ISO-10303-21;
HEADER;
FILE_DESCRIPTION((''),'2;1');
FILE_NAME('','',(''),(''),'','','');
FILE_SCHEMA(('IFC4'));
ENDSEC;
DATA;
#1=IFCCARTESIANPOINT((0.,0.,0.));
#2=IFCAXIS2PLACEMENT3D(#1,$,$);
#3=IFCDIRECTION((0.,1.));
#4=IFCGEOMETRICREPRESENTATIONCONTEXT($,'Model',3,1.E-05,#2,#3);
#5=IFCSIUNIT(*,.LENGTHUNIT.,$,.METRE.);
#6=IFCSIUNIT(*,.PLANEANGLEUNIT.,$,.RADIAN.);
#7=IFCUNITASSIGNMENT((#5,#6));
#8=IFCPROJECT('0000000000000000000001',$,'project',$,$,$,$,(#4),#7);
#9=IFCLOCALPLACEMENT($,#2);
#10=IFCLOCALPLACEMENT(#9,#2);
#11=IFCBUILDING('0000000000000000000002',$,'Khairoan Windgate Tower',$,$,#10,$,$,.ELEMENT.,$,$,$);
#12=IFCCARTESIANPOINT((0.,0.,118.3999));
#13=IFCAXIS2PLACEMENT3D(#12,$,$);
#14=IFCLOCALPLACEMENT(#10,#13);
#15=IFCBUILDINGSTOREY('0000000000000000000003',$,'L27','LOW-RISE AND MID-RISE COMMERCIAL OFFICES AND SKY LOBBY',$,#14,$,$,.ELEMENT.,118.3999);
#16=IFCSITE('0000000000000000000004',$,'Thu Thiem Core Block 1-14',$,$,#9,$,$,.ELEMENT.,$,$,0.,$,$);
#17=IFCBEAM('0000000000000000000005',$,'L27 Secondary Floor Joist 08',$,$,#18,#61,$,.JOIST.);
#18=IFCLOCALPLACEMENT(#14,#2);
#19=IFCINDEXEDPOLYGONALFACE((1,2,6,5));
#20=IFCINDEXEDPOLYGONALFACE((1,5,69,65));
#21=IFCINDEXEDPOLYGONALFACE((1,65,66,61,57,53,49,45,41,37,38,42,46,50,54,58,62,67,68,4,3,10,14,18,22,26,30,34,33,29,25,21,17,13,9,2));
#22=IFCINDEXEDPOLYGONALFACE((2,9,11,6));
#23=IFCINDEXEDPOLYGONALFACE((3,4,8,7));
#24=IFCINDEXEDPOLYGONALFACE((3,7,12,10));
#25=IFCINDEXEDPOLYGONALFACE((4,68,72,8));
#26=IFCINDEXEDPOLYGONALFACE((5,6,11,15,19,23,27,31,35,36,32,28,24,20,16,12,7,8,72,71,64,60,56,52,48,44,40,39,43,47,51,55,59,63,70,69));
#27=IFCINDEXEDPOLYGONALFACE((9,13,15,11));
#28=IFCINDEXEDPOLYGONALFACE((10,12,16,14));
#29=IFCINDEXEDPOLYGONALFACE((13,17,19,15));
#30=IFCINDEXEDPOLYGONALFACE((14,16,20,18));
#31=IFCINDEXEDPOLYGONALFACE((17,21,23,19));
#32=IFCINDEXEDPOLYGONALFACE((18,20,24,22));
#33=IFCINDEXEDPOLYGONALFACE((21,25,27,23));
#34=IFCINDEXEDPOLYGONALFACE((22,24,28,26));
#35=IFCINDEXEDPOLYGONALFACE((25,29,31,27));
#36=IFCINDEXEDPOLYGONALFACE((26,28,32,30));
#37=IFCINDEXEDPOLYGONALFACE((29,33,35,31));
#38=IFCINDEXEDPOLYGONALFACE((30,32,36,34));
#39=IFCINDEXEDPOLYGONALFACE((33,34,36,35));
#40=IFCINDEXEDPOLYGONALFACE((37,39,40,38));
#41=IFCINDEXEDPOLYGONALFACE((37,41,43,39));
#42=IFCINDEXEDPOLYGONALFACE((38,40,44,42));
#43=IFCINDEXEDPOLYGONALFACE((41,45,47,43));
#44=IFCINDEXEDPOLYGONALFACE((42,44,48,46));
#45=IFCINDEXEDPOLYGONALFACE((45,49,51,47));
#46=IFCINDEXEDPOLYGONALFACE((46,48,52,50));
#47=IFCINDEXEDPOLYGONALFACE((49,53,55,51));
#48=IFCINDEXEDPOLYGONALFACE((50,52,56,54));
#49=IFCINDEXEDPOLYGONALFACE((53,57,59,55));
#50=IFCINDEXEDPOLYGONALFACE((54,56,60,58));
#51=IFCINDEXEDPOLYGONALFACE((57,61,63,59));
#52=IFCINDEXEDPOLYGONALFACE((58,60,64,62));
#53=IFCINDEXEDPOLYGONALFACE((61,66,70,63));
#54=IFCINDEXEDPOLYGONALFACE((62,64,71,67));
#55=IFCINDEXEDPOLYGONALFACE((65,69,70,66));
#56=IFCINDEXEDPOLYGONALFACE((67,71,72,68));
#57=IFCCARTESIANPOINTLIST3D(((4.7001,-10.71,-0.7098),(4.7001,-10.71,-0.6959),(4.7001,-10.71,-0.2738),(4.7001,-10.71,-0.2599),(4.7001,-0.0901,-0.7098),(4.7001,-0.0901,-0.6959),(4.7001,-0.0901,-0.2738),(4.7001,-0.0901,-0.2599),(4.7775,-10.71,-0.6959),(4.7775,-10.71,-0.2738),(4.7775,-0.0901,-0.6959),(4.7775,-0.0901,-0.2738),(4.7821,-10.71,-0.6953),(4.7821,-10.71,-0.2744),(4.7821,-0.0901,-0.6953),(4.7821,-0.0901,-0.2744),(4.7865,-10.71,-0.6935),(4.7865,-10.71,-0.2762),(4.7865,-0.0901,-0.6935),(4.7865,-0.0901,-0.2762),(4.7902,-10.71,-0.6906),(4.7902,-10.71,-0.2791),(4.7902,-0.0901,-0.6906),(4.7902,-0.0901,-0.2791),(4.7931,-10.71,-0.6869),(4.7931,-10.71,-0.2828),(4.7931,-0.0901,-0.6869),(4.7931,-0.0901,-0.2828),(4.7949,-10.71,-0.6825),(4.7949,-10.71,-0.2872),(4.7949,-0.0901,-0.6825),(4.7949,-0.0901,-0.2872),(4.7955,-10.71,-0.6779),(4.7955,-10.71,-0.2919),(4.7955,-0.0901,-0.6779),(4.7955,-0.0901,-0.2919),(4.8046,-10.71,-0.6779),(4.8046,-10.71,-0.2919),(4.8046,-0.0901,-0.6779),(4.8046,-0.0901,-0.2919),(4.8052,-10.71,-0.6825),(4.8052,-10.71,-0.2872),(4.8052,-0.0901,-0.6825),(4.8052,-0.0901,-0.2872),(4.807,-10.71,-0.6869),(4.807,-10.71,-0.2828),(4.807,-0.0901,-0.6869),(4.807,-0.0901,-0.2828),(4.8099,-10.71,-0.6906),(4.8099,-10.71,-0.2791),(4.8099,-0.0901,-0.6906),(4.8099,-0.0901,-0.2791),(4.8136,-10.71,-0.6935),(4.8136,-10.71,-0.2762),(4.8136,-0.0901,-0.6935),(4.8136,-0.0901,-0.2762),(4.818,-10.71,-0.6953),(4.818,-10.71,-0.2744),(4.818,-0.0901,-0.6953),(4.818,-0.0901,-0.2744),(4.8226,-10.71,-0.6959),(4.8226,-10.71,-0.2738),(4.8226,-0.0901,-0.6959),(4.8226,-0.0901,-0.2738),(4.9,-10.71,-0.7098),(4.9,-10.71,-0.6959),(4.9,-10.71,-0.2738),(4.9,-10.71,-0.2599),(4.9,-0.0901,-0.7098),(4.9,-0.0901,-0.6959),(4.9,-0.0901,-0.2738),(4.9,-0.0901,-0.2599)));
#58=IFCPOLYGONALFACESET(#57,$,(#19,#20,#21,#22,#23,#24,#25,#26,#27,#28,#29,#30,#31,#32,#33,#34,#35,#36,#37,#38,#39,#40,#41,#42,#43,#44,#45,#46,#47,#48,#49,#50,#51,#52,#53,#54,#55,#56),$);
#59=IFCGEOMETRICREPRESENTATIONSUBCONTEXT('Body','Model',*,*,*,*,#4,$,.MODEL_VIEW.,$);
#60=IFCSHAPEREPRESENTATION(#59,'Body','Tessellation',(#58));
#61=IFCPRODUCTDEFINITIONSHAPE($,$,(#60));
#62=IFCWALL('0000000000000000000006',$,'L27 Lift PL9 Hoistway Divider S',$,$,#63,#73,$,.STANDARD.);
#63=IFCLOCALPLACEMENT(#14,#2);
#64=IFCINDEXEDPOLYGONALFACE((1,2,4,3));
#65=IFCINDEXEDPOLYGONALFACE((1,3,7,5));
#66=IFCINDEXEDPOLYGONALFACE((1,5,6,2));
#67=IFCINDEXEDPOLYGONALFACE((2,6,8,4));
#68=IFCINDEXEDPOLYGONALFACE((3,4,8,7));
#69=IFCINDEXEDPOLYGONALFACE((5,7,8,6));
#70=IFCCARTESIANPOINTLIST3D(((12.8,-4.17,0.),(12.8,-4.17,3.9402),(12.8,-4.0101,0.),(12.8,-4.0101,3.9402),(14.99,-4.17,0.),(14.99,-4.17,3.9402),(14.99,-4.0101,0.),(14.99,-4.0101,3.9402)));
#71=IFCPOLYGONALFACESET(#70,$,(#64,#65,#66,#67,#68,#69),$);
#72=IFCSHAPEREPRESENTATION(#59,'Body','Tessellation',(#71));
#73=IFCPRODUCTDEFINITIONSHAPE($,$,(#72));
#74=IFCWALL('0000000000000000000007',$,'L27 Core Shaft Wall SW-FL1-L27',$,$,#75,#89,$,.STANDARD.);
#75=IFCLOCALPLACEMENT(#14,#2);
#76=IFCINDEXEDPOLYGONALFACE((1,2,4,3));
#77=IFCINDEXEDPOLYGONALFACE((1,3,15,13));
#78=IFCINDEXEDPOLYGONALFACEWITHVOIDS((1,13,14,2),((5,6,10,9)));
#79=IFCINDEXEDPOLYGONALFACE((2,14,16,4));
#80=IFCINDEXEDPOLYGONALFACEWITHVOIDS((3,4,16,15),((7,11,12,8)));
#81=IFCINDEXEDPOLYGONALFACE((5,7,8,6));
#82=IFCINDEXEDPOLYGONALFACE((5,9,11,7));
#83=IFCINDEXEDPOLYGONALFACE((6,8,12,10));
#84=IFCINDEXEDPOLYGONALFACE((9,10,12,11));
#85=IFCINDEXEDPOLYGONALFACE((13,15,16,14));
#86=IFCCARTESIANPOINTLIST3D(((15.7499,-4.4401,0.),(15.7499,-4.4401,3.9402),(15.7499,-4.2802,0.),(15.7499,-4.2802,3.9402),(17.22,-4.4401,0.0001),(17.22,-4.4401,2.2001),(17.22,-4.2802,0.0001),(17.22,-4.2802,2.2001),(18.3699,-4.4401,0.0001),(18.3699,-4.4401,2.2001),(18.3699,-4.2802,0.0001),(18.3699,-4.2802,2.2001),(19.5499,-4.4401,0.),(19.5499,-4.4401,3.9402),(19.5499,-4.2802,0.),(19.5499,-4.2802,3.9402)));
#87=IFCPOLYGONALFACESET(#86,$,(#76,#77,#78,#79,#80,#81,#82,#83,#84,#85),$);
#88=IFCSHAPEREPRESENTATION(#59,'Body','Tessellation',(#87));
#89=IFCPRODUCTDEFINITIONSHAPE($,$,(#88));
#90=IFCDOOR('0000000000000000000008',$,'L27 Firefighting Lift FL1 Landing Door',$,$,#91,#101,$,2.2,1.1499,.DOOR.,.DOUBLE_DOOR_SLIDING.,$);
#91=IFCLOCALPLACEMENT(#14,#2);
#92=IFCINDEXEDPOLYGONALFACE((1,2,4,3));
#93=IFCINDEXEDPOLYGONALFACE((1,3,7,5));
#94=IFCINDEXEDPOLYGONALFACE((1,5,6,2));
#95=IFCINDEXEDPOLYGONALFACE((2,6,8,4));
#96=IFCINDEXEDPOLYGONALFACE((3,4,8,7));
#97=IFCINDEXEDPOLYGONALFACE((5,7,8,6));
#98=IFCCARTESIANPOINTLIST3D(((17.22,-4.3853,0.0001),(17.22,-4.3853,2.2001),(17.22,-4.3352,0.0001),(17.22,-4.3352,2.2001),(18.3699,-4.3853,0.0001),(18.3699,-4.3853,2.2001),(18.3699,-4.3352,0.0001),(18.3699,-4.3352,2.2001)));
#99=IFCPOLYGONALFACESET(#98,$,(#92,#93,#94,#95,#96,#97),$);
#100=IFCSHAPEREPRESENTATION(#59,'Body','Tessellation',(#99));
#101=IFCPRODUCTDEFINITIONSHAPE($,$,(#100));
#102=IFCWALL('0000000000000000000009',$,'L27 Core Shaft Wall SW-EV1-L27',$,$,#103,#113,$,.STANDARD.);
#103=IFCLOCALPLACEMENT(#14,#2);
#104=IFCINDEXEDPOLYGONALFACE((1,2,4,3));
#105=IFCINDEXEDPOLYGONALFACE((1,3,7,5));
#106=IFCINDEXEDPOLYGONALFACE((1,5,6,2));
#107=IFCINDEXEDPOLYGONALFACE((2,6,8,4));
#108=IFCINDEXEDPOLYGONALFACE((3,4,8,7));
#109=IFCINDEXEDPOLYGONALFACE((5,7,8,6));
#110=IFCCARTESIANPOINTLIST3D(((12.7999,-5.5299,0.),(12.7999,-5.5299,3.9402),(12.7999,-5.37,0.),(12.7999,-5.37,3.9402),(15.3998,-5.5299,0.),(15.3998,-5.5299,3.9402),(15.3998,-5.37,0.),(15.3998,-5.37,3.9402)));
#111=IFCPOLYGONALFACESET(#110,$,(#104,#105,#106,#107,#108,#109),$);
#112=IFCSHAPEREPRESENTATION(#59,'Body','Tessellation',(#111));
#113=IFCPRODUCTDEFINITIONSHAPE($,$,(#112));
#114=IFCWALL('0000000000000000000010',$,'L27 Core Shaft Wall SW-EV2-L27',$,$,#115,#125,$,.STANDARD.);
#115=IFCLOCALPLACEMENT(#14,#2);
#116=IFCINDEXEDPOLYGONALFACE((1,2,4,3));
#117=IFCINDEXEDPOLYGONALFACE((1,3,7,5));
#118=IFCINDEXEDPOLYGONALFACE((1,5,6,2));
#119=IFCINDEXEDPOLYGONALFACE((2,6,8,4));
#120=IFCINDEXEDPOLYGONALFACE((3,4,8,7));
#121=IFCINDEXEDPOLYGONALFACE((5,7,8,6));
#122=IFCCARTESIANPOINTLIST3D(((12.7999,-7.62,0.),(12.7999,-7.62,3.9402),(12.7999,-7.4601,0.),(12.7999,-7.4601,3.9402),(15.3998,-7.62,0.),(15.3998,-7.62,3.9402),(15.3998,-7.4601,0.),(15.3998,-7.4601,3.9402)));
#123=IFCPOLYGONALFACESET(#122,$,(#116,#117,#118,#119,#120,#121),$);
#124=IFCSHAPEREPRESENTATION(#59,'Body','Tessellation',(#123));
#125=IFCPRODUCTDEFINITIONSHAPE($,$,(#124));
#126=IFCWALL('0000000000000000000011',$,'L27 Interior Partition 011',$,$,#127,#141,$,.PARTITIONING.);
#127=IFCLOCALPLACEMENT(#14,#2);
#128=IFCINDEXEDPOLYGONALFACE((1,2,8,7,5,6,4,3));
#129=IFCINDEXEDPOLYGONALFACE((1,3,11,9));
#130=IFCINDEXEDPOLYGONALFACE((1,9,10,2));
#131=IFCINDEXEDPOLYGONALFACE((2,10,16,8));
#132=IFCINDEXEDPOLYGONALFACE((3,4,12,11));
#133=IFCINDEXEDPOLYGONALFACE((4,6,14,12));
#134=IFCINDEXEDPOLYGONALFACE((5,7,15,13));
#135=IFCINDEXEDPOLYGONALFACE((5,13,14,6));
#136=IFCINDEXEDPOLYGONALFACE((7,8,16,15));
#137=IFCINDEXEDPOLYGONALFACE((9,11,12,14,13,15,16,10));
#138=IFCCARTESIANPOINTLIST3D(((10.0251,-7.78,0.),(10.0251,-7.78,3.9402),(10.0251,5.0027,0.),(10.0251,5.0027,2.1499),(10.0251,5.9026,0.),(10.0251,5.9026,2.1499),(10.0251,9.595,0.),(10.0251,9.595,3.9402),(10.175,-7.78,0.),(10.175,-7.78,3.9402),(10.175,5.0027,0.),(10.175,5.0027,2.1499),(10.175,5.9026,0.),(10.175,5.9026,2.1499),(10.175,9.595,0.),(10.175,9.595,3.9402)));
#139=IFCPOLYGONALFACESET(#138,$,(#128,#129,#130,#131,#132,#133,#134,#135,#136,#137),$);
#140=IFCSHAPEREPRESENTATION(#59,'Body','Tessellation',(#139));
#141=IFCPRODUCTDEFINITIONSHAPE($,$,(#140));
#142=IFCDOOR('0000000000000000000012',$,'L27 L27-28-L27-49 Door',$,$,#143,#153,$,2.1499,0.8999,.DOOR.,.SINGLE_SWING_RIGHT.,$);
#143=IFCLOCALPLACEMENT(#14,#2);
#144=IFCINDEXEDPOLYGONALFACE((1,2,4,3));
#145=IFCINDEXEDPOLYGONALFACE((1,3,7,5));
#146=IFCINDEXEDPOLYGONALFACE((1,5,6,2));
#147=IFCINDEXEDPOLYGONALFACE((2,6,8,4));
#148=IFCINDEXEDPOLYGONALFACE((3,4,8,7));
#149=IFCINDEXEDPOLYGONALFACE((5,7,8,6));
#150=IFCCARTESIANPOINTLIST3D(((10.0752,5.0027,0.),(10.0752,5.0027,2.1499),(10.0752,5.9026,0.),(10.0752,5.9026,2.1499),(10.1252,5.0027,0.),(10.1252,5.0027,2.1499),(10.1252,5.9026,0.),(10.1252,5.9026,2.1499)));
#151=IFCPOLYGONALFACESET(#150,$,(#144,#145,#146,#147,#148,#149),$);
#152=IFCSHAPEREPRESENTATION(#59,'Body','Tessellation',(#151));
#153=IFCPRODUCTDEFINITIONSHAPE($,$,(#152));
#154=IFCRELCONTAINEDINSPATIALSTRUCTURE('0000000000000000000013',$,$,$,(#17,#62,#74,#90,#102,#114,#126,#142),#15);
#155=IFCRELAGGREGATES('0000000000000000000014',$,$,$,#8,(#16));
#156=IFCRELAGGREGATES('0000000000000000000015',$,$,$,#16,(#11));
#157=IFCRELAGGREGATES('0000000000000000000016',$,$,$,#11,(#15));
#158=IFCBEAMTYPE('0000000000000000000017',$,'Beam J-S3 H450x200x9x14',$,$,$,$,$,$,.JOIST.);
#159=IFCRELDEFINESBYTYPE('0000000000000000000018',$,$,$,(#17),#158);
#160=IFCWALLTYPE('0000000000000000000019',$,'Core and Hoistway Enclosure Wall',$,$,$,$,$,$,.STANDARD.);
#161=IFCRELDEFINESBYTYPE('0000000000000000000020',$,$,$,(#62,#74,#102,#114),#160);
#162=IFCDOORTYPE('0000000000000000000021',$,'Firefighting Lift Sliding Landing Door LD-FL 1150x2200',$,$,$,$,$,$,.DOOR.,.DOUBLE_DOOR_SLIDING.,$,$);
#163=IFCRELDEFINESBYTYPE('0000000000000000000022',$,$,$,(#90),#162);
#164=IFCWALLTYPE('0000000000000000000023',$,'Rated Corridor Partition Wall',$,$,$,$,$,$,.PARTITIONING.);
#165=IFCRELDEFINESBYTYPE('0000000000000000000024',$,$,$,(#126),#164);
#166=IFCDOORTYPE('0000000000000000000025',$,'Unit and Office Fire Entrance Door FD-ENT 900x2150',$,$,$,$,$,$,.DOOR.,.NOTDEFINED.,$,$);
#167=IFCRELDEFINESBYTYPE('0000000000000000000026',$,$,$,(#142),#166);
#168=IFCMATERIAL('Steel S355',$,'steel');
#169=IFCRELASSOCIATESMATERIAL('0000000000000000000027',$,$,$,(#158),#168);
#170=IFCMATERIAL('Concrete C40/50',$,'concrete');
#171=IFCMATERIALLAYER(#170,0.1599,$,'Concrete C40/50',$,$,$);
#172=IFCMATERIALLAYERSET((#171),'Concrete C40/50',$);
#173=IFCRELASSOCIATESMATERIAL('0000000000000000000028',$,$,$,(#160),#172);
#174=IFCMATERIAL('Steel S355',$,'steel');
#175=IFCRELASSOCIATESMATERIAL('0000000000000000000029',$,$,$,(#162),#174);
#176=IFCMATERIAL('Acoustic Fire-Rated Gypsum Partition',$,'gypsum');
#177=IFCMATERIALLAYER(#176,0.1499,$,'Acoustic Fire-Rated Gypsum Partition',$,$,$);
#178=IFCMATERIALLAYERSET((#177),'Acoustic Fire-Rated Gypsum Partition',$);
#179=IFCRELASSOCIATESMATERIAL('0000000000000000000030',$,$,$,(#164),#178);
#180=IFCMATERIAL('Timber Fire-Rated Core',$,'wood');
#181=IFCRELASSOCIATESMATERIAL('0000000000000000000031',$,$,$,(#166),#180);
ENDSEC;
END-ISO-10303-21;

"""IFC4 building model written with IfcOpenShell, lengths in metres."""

from ifc_helpers import new_model, si_unit, direction, frame, frame_2d, origin, origin_2d, place, context, subcontext, project, spatial, rectangle, i_section, extrude, material, layer, layer_set, material_profile, profile_set, type_object, element, fill, save


model = new_model("IFC4")

# Units and contexts
model_context = context("Model", 3, precision=1e-05, world=origin(), true_north=direction((0.0, 1.0)))
body_context = subcontext(model_context, "Body", "Model", "MODEL_VIEW")
ifc_project = project(units=[si_unit("LENGTHUNIT", "METRE"), si_unit("PLANEANGLEUNIT", "RADIAN")], contexts=[model_context])

# Site, building, storey
site_placement = place(None, origin())
site = spatial("IfcSite", under=ifc_project, at=site_placement, Name="Thu Thiem Core Block 1-14", CompositionType="ELEMENT", RefElevation=0.0)
building_placement = place(site_placement, origin())
building = spatial("IfcBuilding", under=site, at=building_placement, Name="Khairoan Windgate Tower", CompositionType="ELEMENT")
storey_placement = place(building_placement, frame((0.0, 0.0, 118.3999)))
storey = spatial("IfcBuildingStorey", under=building, at=storey_placement, Name="L27", Description="LOW-RISE AND MID-RISE COMMERCIAL OFFICES AND SKY LOBBY", CompositionType="ELEMENT", Elevation=118.3999)

# Beam
ifc_material_1 = material(Name="Steel S355", Category="steel")
ifc_material_profile_1 = material_profile(ifc_material_1, i_section(OverallWidth=0.2, OverallDepth=0.45, WebThickness=0.009, FlangeThickness=0.0139, FilletRadius=0.0181, at=origin_2d()))
ifc_profile_set_1 = profile_set([ifc_material_profile_1], Name="Steel S355")
beam_type_1 = type_object("IfcBeamType", Name="Beam J-S3 H450x200x9x14", PredefinedType="JOIST", material=ifc_profile_set_1)
beam_1_placement = place(storey_placement, frame((4.8, -10.71, -0.4849), z_axis=(0.0, 1.0, 0.0), x_axis=(-1.0, 0.0, 0.0)))
element("IfcBeam", 1, at=beam_1_placement, inside=storey, type_object=beam_type_1, Name="L27 Secondary Floor Joist 08", PredefinedType="JOIST", context=body_context, shape_type="SweptSolid", body=[
    extrude(i_section(OverallWidth=0.2, OverallDepth=0.45, WebThickness=0.009, FlangeThickness=0.0139, FilletRadius=0.0181, at=origin_2d()), origin(), (0.0, 0.0, 1.0), 10.6199),
])

# Wall
ifc_material_2 = material(Name="Concrete C40/50", Category="concrete")
ifc_layer_1 = layer(ifc_material_2, 0.1599, Name="Concrete C40/50")
ifc_layer_set_1 = layer_set([ifc_layer_1], Name="Concrete C40/50")
wall_type_1 = type_object("IfcWallType", Name="Core and Hoistway Enclosure Wall", PredefinedType="STANDARD", material=ifc_layer_set_1)
wall_1_placement = place(storey_placement, frame((12.8, -4.0901, 0.0), z_axis=(0.0, 0.0, 1.0), x_axis=(1.0, 0.0, 0.0)))
element("IfcWall", 2, at=wall_1_placement, inside=storey, type_object=wall_type_1, Name="L27 Lift PL9 Hoistway Divider S", PredefinedType="STANDARD", context=body_context, shape_type="SweptSolid", body=[
    extrude(rectangle(XDim=2.1899, YDim=0.1599, at=frame_2d((1.095, 0.0))), origin(), (0.0, 0.0, 1.0), 3.9402),
])

# Wall, opening, door
wall_2_placement = place(storey_placement, frame((15.75, -4.3601, 0.0), z_axis=(0.0, 0.0, 1.0), x_axis=(1.0, 0.0, 0.0)))
wall_2 = element("IfcWall", 3, at=wall_2_placement, inside=storey, type_object=wall_type_1, Name="L27 Core Shaft Wall SW-FL1-L27", PredefinedType="STANDARD", context=body_context, shape_type="SweptSolid", body=[
    extrude(rectangle(XDim=3.8, YDim=0.1599, at=frame_2d((1.8999, 0.0))), origin(), (0.0, 0.0, 1.0), 3.9402),
])
opening_1_placement = place(wall_2_placement, frame((1.47, 0.0, 0.0)))
opening_1 = element("IfcOpeningElement", 4, at=opening_1_placement, cuts=wall_2, PredefinedType="OPENING", context=body_context, shape_type="SweptSolid", body=[
    extrude(rectangle(XDim=1.1499, YDim=2.2, at=frame_2d((0.575, 1.1001))), frame((0.0, 0.0898, 0.0), z_axis=(0.0, -1.0, 0.0), x_axis=(1.0, 0.0, 0.0)), (0.0, 0.0, 1.0), 0.1799),
])
ifc_material_3 = material(Name="Steel S355", Category="steel")
door_type_1 = type_object("IfcDoorType", Name="Firefighting Lift Sliding Landing Door LD-FL 1150x2200", OperationType="DOUBLE_DOOR_SLIDING", PredefinedType="DOOR", material=ifc_material_3)
door_1_placement = place(opening_1_placement, origin())
door_1 = element("IfcDoor", 5, at=door_1_placement, inside=storey, type_object=door_type_1, Name="L27 Firefighting Lift FL1 Landing Door", OperationType="DOUBLE_DOOR_SLIDING", OverallHeight=2.2, OverallWidth=1.1499, PredefinedType="DOOR", context=body_context, shape_type="SweptSolid", body=[
    extrude(rectangle(XDim=1.1499, YDim=2.2, at=frame_2d((0.575, 1.1001))), frame((0.0, 0.0249, 0.0), z_axis=(0.0, -1.0, 0.0), x_axis=(1.0, 0.0, 0.0)), (0.0, 0.0, 1.0), 0.05),
])
fill(opening_1, door_1)

# Walls
for number, where, z_axis, x_axis, name in (
    (6, (12.8, -5.45, 0.0), (0.0, 0.0, 1.0), (1.0, 0.0, 0.0), "L27 Core Shaft Wall SW-EV1-L27"),
    (7, (12.8, -7.54, 0.0), (0.0, 0.0, 1.0), (1.0, 0.0, 0.0), "L27 Core Shaft Wall SW-EV2-L27"),
):
    element("IfcWall", number, at=place(storey_placement, frame(where, z_axis=z_axis, x_axis=x_axis)), inside=storey, type_object=wall_type_1, Name=name, PredefinedType="STANDARD", context=body_context, shape_type="SweptSolid", body=[
        extrude(rectangle(XDim=2.5999, YDim=0.1599, at=frame_2d((1.2998, 0.0))), origin(), (0.0, 0.0, 1.0), 3.9402),
    ])

# Wall, opening, door
ifc_material_4 = material(Name="Acoustic Fire-Rated Gypsum Partition", Category="gypsum")
ifc_layer_2 = layer(ifc_material_4, 0.1499, Name="Acoustic Fire-Rated Gypsum Partition")
ifc_layer_set_2 = layer_set([ifc_layer_2], Name="Acoustic Fire-Rated Gypsum Partition")
wall_type_2 = type_object("IfcWallType", Name="Rated Corridor Partition Wall", PredefinedType="PARTITIONING", material=ifc_layer_set_2)
wall_3_placement = place(storey_placement, frame((10.1001, -7.78, 0.0), z_axis=(0.0, 0.0, 1.0), x_axis=(0.0, 1.0, 0.0)))
wall_3 = element("IfcWall", 8, at=wall_3_placement, inside=storey, type_object=wall_type_2, Name="L27 Interior Partition 011", PredefinedType="PARTITIONING", context=body_context, shape_type="SweptSolid", body=[
    extrude(rectangle(XDim=17.375, YDim=0.1499, at=frame_2d((8.6875, 0.0))), origin(), (0.0, 0.0, 1.0), 3.9402),
])
opening_2_placement = place(wall_3_placement, frame((12.7827, 0.0, 0.0)))
opening_2 = element("IfcOpeningElement", 9, at=opening_2_placement, cuts=wall_3, PredefinedType="OPENING", context=body_context, shape_type="SweptSolid", body=[
    extrude(rectangle(XDim=0.8999, YDim=2.1499, at=frame_2d((0.45, 1.075))), frame((0.0, 0.085, 0.0), z_axis=(0.0, -1.0, 0.0), x_axis=(1.0, 0.0, 0.0)), (0.0, 0.0, 1.0), 0.1699),
])
ifc_material_5 = material(Name="Timber Fire-Rated Core", Category="wood")
door_type_2 = type_object("IfcDoorType", Name="Unit and Office Fire Entrance Door FD-ENT 900x2150", OperationType="NOTDEFINED", PredefinedType="DOOR", material=ifc_material_5)
door_2_placement = place(opening_2_placement, origin())
door_2 = element("IfcDoor", 10, at=door_2_placement, inside=storey, type_object=door_type_2, Name="L27 L27-28-L27-49 Door", OperationType="SINGLE_SWING_RIGHT", OverallHeight=2.1499, OverallWidth=0.8999, PredefinedType="DOOR", context=body_context, shape_type="SweptSolid", body=[
    extrude(rectangle(XDim=0.8999, YDim=2.1499, at=frame_2d((0.45, 1.075))), frame((0.0, 0.0249, 0.0), z_axis=(0.0, -1.0, 0.0), x_axis=(1.0, 0.0, 0.0)), (0.0, 0.0, 1.0), 0.05),
])
fill(opening_2, door_2)

save(model, "model.ifc")
